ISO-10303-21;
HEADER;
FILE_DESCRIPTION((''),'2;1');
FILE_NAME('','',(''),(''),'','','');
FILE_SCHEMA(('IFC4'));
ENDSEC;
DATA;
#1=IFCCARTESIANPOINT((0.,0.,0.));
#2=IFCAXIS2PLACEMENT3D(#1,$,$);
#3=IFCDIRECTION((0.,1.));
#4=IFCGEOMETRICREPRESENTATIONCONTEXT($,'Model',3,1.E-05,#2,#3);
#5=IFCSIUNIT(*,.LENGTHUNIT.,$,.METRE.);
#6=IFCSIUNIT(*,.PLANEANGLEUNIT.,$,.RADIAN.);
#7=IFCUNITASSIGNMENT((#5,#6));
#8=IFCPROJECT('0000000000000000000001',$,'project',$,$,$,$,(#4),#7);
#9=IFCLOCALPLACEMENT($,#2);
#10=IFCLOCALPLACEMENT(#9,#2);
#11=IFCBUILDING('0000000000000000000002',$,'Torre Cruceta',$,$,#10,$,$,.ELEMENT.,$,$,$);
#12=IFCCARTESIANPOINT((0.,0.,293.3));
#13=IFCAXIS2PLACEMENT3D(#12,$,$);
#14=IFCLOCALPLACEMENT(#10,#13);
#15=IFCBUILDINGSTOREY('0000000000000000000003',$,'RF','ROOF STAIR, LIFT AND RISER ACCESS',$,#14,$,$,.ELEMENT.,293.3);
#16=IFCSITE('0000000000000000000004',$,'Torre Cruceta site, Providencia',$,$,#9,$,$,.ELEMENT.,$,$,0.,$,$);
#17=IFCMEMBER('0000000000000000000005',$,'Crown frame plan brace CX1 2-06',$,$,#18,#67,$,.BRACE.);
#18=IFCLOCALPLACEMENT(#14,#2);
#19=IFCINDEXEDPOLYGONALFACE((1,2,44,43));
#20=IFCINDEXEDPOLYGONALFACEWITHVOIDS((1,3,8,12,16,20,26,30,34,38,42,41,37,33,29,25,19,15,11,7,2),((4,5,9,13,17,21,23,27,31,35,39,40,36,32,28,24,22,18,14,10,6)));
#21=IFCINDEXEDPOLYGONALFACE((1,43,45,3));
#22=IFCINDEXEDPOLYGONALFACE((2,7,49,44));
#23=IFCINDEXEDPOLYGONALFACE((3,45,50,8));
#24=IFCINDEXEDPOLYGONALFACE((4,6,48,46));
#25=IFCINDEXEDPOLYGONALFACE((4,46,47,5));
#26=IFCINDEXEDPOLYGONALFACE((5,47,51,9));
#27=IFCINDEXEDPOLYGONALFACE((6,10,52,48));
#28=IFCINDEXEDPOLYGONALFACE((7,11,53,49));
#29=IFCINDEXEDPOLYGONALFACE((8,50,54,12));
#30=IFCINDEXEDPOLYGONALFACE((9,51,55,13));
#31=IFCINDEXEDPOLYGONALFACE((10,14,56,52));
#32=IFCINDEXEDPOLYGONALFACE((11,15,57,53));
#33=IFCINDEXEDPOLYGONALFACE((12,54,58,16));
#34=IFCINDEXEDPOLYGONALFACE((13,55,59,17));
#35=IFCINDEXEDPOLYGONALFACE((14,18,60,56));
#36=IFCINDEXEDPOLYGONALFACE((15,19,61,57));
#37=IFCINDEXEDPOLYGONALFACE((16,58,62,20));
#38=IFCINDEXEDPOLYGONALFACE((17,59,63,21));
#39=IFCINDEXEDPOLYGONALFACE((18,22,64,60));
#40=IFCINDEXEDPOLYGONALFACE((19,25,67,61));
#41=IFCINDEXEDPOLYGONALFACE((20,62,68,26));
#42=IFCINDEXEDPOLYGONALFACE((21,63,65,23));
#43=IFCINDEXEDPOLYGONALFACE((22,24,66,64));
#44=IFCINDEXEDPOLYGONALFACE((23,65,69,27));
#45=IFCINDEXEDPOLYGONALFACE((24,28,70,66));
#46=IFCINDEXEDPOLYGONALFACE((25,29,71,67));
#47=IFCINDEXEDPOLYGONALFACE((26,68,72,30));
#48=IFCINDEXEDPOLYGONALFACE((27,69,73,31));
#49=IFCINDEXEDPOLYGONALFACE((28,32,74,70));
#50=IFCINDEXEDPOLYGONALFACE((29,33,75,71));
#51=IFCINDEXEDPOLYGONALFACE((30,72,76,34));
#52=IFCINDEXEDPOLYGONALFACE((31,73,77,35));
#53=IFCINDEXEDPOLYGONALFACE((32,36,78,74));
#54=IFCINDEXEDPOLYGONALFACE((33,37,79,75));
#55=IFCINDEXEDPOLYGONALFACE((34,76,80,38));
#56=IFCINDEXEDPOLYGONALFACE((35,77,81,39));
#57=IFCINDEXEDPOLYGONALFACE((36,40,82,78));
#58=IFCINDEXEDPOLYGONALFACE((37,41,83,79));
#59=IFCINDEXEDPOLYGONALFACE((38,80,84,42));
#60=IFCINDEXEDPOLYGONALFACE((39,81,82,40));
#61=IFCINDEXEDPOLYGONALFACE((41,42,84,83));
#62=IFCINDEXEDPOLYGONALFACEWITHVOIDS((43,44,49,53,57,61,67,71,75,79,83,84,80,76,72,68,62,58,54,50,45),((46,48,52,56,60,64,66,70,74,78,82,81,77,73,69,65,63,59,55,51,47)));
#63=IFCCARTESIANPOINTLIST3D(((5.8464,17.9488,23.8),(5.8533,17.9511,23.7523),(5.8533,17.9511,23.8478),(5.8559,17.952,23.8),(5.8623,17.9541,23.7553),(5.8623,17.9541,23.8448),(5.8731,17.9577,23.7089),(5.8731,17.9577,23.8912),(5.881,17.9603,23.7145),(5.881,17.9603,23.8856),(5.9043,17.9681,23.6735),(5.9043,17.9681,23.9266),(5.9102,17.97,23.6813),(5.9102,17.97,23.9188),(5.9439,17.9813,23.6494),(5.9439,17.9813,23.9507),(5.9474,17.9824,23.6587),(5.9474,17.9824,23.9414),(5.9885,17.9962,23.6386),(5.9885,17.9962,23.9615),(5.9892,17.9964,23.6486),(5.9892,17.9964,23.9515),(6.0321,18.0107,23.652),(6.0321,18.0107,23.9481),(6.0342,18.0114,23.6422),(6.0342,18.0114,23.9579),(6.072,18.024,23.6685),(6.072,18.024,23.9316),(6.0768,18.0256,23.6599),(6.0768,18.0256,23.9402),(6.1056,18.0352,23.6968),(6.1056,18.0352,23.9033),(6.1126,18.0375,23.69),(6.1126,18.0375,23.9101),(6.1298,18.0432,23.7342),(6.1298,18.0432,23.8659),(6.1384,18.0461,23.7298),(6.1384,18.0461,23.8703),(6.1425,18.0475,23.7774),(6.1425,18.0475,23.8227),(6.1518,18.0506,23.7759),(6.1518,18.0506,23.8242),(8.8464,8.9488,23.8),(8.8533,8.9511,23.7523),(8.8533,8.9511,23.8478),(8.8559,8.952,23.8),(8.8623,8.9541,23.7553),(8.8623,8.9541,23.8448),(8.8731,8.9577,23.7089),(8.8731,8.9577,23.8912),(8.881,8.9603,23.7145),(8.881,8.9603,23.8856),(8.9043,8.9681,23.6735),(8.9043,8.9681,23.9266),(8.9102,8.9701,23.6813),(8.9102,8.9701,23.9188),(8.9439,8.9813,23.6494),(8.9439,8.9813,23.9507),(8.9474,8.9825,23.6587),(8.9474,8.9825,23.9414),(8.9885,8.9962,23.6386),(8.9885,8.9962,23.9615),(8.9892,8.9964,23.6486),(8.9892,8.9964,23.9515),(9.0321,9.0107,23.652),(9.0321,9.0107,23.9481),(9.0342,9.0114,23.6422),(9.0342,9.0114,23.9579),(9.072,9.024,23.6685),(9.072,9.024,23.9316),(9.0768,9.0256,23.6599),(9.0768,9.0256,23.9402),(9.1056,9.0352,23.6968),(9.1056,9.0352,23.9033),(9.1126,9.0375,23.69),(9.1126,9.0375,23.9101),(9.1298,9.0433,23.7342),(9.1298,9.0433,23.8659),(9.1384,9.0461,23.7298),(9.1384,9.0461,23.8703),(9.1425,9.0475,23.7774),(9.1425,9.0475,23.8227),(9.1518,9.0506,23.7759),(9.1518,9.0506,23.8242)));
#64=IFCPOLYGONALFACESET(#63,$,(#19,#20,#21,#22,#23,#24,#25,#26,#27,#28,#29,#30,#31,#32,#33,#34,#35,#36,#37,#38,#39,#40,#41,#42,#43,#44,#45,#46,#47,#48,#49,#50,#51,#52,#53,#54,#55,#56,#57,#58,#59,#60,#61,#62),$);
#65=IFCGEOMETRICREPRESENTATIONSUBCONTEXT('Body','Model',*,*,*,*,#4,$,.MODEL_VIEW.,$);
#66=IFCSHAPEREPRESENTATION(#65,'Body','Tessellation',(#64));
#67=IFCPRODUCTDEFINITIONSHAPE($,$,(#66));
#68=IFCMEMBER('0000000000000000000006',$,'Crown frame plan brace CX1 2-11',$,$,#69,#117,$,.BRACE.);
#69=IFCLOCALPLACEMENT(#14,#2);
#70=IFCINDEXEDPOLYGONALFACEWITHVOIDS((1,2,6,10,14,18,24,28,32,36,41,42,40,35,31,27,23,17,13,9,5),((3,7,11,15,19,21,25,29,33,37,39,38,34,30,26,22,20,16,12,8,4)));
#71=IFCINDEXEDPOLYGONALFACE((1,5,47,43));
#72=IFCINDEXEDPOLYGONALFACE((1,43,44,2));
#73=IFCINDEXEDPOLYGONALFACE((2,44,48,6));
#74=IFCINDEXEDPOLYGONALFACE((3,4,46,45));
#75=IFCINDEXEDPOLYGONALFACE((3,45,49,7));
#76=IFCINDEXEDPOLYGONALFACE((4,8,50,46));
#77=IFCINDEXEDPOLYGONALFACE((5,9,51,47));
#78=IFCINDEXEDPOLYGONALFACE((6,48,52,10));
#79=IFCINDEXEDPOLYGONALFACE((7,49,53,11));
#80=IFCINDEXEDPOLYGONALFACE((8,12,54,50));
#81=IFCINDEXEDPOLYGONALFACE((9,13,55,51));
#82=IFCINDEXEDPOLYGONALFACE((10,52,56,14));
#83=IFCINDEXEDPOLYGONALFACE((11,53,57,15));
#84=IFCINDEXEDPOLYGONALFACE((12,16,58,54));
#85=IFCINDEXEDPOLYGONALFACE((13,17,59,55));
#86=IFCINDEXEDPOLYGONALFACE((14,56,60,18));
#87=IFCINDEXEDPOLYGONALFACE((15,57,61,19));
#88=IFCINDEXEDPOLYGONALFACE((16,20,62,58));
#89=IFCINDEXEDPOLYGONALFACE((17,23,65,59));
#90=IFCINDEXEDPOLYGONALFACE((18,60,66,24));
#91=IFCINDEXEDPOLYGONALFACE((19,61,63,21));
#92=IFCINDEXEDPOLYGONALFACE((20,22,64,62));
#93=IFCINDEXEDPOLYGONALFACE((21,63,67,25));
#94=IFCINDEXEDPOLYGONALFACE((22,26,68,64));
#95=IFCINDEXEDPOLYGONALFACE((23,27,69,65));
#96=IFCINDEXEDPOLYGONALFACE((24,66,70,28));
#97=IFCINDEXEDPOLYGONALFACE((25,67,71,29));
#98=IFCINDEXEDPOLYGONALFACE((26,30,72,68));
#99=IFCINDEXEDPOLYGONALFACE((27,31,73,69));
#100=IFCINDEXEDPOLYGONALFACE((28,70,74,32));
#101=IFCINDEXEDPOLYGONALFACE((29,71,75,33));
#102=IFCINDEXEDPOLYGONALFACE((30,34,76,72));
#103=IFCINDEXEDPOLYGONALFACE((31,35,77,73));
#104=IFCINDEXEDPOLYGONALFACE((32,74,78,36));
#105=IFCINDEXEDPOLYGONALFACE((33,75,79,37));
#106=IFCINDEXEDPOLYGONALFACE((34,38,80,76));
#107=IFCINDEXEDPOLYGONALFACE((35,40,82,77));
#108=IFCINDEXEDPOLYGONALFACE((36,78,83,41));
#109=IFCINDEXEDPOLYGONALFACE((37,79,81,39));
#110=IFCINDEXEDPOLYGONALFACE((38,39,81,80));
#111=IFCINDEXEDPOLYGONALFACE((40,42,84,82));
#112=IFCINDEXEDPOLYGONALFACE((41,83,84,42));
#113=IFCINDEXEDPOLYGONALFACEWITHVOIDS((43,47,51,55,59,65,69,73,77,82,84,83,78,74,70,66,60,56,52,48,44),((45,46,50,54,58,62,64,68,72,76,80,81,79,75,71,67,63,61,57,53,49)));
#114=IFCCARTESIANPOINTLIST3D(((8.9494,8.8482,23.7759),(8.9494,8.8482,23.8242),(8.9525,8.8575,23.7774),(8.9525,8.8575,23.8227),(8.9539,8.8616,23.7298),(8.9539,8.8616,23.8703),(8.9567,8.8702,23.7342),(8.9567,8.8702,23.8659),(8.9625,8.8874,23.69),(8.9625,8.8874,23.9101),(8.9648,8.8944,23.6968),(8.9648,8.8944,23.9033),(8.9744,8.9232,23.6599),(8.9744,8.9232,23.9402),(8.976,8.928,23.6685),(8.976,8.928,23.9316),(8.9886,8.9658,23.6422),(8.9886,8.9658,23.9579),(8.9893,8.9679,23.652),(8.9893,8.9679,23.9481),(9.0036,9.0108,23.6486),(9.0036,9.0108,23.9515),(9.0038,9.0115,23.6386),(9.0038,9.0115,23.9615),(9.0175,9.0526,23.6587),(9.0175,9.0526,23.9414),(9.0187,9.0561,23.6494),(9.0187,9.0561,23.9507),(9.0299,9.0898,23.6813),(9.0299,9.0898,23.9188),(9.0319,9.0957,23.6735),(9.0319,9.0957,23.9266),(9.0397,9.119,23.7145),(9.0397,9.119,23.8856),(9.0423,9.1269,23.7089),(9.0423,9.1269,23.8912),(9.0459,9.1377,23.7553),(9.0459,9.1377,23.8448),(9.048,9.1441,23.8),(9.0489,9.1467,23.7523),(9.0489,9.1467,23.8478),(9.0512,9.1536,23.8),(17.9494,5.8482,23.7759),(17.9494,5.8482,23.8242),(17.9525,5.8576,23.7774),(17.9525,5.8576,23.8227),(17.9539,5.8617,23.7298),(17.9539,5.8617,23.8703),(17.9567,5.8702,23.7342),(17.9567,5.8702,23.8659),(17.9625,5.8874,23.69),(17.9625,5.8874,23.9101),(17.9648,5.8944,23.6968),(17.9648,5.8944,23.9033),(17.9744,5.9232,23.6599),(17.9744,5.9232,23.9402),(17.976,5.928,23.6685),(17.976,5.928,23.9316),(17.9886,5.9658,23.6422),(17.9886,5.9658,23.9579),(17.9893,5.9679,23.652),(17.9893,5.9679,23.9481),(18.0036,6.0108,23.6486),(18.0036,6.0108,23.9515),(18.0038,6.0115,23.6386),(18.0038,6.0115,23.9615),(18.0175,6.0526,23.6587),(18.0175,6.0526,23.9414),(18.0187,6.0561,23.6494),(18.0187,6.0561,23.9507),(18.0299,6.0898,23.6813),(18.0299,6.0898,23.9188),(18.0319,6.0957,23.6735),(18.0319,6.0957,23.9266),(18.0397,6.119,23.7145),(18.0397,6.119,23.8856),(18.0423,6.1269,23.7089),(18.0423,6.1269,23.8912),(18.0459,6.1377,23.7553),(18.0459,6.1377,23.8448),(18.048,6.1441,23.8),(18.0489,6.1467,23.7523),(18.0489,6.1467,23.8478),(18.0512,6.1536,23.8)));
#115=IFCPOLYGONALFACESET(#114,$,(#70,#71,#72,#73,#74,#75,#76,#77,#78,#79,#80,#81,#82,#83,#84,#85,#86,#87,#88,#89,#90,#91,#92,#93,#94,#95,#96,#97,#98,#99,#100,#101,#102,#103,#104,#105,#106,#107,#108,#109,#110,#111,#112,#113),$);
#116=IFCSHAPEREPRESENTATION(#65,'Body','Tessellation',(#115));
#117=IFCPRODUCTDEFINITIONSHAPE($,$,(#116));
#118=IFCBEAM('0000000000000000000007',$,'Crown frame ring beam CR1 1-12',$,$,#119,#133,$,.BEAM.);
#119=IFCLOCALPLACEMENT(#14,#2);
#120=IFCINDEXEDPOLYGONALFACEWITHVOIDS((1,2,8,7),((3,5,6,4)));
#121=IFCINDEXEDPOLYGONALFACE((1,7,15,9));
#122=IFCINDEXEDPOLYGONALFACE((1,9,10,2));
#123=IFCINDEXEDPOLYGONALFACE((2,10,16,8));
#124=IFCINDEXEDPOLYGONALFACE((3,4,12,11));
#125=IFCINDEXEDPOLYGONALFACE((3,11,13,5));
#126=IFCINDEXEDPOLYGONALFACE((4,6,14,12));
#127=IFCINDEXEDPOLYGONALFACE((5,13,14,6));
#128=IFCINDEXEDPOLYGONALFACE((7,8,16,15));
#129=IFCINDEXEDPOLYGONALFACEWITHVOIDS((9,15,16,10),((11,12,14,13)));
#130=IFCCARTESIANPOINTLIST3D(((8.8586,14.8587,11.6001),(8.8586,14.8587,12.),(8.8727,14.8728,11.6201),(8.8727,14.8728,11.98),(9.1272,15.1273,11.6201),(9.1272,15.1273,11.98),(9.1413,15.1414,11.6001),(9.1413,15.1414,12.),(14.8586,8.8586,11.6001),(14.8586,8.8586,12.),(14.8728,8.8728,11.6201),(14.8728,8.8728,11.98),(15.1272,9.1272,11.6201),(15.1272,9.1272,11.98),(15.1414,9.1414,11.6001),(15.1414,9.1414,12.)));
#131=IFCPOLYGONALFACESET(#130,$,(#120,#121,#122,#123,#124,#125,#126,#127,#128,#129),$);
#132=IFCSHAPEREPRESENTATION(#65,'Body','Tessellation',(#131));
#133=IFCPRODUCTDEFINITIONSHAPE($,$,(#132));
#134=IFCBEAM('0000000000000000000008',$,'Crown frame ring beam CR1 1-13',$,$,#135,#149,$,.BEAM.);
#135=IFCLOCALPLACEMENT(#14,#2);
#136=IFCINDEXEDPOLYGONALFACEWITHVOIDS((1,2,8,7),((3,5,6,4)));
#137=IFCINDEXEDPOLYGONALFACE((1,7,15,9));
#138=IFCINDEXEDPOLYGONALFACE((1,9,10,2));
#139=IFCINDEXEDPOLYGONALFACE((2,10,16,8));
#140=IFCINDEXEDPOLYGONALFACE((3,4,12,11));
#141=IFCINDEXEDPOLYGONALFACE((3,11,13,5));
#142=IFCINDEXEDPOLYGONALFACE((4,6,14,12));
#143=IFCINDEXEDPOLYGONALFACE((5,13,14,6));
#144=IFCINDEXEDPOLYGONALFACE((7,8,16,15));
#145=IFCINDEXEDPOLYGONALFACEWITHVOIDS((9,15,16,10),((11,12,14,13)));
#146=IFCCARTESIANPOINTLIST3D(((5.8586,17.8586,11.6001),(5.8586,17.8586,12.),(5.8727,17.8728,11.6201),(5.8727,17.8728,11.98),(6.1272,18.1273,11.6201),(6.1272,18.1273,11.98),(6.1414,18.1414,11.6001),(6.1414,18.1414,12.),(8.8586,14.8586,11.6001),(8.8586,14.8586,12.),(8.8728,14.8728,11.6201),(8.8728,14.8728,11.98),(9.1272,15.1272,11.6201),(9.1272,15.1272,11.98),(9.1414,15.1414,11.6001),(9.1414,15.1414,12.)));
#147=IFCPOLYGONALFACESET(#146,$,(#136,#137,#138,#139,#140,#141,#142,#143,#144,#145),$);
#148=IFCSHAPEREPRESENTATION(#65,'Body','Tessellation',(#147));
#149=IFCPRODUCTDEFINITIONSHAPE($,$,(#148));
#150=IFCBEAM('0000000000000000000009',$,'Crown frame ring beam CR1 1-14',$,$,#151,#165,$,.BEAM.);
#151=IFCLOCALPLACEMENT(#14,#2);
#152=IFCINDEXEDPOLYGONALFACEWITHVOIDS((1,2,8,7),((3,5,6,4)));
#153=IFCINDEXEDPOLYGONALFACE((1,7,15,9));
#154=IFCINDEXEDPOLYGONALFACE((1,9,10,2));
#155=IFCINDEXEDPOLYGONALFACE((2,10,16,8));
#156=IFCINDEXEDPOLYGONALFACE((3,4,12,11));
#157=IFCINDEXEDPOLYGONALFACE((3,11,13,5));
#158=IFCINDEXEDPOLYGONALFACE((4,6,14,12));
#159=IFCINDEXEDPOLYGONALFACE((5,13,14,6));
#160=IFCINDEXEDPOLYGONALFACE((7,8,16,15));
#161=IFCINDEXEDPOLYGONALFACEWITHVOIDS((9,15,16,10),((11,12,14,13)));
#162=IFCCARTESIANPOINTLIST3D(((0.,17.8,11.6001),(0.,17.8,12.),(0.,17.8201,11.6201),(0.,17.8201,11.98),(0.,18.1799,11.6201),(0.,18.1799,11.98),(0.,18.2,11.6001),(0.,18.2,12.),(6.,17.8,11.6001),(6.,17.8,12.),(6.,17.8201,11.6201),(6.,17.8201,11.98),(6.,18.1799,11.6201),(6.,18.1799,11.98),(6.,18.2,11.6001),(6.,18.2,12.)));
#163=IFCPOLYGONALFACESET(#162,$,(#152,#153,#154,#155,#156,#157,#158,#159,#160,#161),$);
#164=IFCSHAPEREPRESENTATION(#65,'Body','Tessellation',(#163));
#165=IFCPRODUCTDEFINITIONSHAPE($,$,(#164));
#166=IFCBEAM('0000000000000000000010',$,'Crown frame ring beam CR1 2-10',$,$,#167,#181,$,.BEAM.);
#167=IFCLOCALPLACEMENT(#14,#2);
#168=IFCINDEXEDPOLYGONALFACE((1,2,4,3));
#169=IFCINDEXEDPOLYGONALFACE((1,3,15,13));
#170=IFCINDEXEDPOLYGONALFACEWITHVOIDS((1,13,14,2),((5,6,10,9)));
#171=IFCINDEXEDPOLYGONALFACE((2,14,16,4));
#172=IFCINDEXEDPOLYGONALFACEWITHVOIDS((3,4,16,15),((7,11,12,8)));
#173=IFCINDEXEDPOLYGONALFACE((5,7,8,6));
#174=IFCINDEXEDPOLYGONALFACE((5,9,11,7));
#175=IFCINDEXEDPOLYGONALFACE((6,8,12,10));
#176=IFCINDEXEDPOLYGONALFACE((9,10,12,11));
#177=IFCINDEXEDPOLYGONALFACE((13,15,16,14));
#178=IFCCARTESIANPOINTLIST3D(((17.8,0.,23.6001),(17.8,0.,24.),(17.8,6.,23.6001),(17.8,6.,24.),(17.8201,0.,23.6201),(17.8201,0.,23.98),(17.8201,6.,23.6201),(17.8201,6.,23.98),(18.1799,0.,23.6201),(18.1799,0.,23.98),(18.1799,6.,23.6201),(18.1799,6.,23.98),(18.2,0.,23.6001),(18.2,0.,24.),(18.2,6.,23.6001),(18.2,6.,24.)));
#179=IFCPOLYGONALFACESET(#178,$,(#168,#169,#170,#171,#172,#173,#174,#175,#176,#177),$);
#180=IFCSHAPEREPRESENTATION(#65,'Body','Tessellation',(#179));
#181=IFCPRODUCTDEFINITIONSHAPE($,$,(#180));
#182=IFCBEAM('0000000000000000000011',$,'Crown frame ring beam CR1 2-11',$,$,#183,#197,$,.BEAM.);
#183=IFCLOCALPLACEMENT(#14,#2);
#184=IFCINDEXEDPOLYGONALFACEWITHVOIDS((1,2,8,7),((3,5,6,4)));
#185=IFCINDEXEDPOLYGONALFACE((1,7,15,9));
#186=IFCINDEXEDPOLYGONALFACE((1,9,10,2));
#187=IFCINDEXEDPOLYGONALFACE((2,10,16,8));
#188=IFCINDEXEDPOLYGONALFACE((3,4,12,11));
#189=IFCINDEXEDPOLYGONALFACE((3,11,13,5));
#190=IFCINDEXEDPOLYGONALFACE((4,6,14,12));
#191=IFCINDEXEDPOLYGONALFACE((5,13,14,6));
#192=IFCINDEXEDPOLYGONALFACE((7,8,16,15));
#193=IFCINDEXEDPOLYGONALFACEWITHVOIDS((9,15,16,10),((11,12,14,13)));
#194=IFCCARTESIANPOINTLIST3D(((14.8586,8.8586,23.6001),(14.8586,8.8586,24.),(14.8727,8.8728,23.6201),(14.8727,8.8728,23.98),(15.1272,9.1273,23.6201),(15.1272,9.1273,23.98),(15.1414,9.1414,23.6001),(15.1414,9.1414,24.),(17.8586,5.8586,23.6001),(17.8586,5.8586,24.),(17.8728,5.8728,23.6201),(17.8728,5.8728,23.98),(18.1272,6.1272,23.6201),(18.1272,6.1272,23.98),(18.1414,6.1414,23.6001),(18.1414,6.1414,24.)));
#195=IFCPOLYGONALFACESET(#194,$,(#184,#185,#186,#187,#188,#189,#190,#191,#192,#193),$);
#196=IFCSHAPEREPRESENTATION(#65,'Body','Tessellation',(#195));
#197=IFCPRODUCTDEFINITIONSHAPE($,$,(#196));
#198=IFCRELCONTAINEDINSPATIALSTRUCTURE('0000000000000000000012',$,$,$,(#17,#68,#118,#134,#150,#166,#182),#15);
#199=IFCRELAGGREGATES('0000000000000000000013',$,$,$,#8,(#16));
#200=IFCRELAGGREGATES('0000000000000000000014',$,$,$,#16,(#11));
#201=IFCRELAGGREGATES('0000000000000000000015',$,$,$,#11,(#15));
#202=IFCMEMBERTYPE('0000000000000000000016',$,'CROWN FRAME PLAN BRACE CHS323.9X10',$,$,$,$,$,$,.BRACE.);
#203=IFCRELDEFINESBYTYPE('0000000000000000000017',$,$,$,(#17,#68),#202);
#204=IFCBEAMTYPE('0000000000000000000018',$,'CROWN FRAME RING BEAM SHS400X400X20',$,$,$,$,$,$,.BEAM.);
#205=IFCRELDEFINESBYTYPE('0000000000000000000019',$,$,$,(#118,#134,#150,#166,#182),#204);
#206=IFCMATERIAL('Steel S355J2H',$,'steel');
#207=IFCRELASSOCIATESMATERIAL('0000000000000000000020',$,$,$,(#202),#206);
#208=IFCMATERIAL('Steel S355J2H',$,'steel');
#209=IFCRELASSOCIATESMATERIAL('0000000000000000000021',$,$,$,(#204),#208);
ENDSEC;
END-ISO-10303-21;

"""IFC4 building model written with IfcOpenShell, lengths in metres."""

from ifc_helpers import new_model, si_unit, direction, frame, origin, origin_2d, place, context, subcontext, project, spatial, hollow_rectangle, hollow_circle, extrude, material, material_profile, profile_set, type_object, element, save


model = new_model("IFC4")

# Units and contexts
model_context = context("Model", 3, precision=1e-05, world=origin(), true_north=direction((0.0, 1.0)))
body_context = subcontext(model_context, "Body", "Model", "MODEL_VIEW")
ifc_project = project(units=[si_unit("LENGTHUNIT", "METRE"), si_unit("PLANEANGLEUNIT", "RADIAN")], contexts=[model_context])

# Site, building, storey
site_placement = place(None, origin())
site = spatial("IfcSite", under=ifc_project, at=site_placement, Name="Torre Cruceta site, Providencia", CompositionType="ELEMENT", RefElevation=0.0)
building_placement = place(site_placement, origin())
building = spatial("IfcBuilding", under=site, at=building_placement, Name="Torre Cruceta", CompositionType="ELEMENT")
storey_placement = place(building_placement, frame((0.0, 0.0, 293.3)))
storey = spatial("IfcBuildingStorey", under=building, at=storey_placement, Name="RF", Description="ROOF STAIR, LIFT AND RISER ACCESS", CompositionType="ELEMENT", Elevation=293.3)

# Members
ifc_material_1 = material(Name="Steel S355J2H", Category="steel")
ifc_material_profile_1 = material_profile(ifc_material_1, hollow_circle(Radius=0.1619, WallThickness=0.01, at=origin_2d()), Name="CHS323.9X10")
ifc_profile_set_1 = profile_set([ifc_material_profile_1], Name="Steel S355J2H")
member_type_1 = type_object("IfcMemberType", Name="CROWN FRAME PLAN BRACE CHS323.9X10", PredefinedType="BRACE", material=ifc_profile_set_1)
for number, where, z_axis, x_axis, name in (
    (1, (9.0, 9.0, 23.8), (-0.316228, 0.948683, 0.0), (-0.948683, -0.316228, 0.0), "Crown frame plan brace CX1 2-06"),
    (2, (9.0, 9.0, 23.8), (0.948683, -0.316228, 0.0), (0.316228, 0.948683, 0.0), "Crown frame plan brace CX1 2-11"),
):
    element("IfcMember", number, at=place(storey_placement, frame(where, z_axis=z_axis, x_axis=x_axis)), inside=storey, type_object=member_type_1, Name=name, PredefinedType="BRACE", context=body_context, shape_type="SweptSolid", body=[
        extrude(hollow_circle(Radius=0.1619, WallThickness=0.01, at=origin_2d()), origin(), (0.0, 0.0, 1.0), 9.4868),
    ])

# Beams
ifc_material_2 = material(Name="Steel S355J2H", Category="steel")
ifc_material_profile_2 = material_profile(ifc_material_2, hollow_rectangle(XDim=0.3999, YDim=0.3999, WallThickness=0.02, at=origin_2d()), Name="SHS400X400X20")
ifc_profile_set_2 = profile_set([ifc_material_profile_2], Name="Steel S355J2H")
beam_type = type_object("IfcBeamType", Name="CROWN FRAME RING BEAM SHS400X400X20", PredefinedType="BEAM", material=ifc_profile_set_2)
beam_1_placement = place(storey_placement, frame((15.0, 9.0, 11.8), z_axis=(-0.707107, 0.707107, 0.0), x_axis=(-0.707107, -0.707107, 0.0)))
element("IfcBeam", 3, at=beam_1_placement, inside=storey, type_object=beam_type, Name="Crown frame ring beam CR1 1-12", PredefinedType="BEAM", context=body_context, shape_type="SweptSolid", body=[
    extrude(hollow_rectangle(XDim=0.3999, YDim=0.3999, WallThickness=0.02, at=origin_2d()), origin(), (0.0, 0.0, 1.0), 8.4854),
])
beam_2_placement = place(storey_placement, frame((9.0, 15.0, 11.8), z_axis=(-0.707107, 0.707107, 0.0), x_axis=(-0.707107, -0.707107, 0.0)))
element("IfcBeam", 4, at=beam_2_placement, inside=storey, type_object=beam_type, Name="Crown frame ring beam CR1 1-13", PredefinedType="BEAM", context=body_context, shape_type="SweptSolid", body=[
    extrude(hollow_rectangle(XDim=0.3999, YDim=0.3999, WallThickness=0.02, at=origin_2d()), origin(), (0.0, 0.0, 1.0), 4.2427),
])
for number, where, z_axis, x_axis, name in (
    (5, (6.0, 18.0, 11.8), (-1.0, 0.0, 0.0), (0.0, -1.0, 0.0), "Crown frame ring beam CR1 1-14"),
    (6, (18.0, 0.0, 23.8), (0.0, 1.0, 0.0), (-1.0, 0.0, 0.0), "Crown frame ring beam CR1 2-10"),
):
    element("IfcBeam", number, at=place(storey_placement, frame(where, z_axis=z_axis, x_axis=x_axis)), inside=storey, type_object=beam_type, Name=name, PredefinedType="BEAM", context=body_context, shape_type="SweptSolid", body=[
        extrude(hollow_rectangle(XDim=0.3999, YDim=0.3999, WallThickness=0.02, at=origin_2d()), origin(), (0.0, 0.0, 1.0), 6.0),
    ])
beam_3_placement = place(storey_placement, frame((18.0, 6.0, 23.8), z_axis=(-0.707107, 0.707107, 0.0), x_axis=(-0.707107, -0.707107, 0.0)))
element("IfcBeam", 7, at=beam_3_placement, inside=storey, type_object=beam_type, Name="Crown frame ring beam CR1 2-11", PredefinedType="BEAM", context=body_context, shape_type="SweptSolid", body=[
    extrude(hollow_rectangle(XDim=0.3999, YDim=0.3999, WallThickness=0.02, at=origin_2d()), origin(), (0.0, 0.0, 1.0), 4.2427),
])

save(model, "model.ifc")
